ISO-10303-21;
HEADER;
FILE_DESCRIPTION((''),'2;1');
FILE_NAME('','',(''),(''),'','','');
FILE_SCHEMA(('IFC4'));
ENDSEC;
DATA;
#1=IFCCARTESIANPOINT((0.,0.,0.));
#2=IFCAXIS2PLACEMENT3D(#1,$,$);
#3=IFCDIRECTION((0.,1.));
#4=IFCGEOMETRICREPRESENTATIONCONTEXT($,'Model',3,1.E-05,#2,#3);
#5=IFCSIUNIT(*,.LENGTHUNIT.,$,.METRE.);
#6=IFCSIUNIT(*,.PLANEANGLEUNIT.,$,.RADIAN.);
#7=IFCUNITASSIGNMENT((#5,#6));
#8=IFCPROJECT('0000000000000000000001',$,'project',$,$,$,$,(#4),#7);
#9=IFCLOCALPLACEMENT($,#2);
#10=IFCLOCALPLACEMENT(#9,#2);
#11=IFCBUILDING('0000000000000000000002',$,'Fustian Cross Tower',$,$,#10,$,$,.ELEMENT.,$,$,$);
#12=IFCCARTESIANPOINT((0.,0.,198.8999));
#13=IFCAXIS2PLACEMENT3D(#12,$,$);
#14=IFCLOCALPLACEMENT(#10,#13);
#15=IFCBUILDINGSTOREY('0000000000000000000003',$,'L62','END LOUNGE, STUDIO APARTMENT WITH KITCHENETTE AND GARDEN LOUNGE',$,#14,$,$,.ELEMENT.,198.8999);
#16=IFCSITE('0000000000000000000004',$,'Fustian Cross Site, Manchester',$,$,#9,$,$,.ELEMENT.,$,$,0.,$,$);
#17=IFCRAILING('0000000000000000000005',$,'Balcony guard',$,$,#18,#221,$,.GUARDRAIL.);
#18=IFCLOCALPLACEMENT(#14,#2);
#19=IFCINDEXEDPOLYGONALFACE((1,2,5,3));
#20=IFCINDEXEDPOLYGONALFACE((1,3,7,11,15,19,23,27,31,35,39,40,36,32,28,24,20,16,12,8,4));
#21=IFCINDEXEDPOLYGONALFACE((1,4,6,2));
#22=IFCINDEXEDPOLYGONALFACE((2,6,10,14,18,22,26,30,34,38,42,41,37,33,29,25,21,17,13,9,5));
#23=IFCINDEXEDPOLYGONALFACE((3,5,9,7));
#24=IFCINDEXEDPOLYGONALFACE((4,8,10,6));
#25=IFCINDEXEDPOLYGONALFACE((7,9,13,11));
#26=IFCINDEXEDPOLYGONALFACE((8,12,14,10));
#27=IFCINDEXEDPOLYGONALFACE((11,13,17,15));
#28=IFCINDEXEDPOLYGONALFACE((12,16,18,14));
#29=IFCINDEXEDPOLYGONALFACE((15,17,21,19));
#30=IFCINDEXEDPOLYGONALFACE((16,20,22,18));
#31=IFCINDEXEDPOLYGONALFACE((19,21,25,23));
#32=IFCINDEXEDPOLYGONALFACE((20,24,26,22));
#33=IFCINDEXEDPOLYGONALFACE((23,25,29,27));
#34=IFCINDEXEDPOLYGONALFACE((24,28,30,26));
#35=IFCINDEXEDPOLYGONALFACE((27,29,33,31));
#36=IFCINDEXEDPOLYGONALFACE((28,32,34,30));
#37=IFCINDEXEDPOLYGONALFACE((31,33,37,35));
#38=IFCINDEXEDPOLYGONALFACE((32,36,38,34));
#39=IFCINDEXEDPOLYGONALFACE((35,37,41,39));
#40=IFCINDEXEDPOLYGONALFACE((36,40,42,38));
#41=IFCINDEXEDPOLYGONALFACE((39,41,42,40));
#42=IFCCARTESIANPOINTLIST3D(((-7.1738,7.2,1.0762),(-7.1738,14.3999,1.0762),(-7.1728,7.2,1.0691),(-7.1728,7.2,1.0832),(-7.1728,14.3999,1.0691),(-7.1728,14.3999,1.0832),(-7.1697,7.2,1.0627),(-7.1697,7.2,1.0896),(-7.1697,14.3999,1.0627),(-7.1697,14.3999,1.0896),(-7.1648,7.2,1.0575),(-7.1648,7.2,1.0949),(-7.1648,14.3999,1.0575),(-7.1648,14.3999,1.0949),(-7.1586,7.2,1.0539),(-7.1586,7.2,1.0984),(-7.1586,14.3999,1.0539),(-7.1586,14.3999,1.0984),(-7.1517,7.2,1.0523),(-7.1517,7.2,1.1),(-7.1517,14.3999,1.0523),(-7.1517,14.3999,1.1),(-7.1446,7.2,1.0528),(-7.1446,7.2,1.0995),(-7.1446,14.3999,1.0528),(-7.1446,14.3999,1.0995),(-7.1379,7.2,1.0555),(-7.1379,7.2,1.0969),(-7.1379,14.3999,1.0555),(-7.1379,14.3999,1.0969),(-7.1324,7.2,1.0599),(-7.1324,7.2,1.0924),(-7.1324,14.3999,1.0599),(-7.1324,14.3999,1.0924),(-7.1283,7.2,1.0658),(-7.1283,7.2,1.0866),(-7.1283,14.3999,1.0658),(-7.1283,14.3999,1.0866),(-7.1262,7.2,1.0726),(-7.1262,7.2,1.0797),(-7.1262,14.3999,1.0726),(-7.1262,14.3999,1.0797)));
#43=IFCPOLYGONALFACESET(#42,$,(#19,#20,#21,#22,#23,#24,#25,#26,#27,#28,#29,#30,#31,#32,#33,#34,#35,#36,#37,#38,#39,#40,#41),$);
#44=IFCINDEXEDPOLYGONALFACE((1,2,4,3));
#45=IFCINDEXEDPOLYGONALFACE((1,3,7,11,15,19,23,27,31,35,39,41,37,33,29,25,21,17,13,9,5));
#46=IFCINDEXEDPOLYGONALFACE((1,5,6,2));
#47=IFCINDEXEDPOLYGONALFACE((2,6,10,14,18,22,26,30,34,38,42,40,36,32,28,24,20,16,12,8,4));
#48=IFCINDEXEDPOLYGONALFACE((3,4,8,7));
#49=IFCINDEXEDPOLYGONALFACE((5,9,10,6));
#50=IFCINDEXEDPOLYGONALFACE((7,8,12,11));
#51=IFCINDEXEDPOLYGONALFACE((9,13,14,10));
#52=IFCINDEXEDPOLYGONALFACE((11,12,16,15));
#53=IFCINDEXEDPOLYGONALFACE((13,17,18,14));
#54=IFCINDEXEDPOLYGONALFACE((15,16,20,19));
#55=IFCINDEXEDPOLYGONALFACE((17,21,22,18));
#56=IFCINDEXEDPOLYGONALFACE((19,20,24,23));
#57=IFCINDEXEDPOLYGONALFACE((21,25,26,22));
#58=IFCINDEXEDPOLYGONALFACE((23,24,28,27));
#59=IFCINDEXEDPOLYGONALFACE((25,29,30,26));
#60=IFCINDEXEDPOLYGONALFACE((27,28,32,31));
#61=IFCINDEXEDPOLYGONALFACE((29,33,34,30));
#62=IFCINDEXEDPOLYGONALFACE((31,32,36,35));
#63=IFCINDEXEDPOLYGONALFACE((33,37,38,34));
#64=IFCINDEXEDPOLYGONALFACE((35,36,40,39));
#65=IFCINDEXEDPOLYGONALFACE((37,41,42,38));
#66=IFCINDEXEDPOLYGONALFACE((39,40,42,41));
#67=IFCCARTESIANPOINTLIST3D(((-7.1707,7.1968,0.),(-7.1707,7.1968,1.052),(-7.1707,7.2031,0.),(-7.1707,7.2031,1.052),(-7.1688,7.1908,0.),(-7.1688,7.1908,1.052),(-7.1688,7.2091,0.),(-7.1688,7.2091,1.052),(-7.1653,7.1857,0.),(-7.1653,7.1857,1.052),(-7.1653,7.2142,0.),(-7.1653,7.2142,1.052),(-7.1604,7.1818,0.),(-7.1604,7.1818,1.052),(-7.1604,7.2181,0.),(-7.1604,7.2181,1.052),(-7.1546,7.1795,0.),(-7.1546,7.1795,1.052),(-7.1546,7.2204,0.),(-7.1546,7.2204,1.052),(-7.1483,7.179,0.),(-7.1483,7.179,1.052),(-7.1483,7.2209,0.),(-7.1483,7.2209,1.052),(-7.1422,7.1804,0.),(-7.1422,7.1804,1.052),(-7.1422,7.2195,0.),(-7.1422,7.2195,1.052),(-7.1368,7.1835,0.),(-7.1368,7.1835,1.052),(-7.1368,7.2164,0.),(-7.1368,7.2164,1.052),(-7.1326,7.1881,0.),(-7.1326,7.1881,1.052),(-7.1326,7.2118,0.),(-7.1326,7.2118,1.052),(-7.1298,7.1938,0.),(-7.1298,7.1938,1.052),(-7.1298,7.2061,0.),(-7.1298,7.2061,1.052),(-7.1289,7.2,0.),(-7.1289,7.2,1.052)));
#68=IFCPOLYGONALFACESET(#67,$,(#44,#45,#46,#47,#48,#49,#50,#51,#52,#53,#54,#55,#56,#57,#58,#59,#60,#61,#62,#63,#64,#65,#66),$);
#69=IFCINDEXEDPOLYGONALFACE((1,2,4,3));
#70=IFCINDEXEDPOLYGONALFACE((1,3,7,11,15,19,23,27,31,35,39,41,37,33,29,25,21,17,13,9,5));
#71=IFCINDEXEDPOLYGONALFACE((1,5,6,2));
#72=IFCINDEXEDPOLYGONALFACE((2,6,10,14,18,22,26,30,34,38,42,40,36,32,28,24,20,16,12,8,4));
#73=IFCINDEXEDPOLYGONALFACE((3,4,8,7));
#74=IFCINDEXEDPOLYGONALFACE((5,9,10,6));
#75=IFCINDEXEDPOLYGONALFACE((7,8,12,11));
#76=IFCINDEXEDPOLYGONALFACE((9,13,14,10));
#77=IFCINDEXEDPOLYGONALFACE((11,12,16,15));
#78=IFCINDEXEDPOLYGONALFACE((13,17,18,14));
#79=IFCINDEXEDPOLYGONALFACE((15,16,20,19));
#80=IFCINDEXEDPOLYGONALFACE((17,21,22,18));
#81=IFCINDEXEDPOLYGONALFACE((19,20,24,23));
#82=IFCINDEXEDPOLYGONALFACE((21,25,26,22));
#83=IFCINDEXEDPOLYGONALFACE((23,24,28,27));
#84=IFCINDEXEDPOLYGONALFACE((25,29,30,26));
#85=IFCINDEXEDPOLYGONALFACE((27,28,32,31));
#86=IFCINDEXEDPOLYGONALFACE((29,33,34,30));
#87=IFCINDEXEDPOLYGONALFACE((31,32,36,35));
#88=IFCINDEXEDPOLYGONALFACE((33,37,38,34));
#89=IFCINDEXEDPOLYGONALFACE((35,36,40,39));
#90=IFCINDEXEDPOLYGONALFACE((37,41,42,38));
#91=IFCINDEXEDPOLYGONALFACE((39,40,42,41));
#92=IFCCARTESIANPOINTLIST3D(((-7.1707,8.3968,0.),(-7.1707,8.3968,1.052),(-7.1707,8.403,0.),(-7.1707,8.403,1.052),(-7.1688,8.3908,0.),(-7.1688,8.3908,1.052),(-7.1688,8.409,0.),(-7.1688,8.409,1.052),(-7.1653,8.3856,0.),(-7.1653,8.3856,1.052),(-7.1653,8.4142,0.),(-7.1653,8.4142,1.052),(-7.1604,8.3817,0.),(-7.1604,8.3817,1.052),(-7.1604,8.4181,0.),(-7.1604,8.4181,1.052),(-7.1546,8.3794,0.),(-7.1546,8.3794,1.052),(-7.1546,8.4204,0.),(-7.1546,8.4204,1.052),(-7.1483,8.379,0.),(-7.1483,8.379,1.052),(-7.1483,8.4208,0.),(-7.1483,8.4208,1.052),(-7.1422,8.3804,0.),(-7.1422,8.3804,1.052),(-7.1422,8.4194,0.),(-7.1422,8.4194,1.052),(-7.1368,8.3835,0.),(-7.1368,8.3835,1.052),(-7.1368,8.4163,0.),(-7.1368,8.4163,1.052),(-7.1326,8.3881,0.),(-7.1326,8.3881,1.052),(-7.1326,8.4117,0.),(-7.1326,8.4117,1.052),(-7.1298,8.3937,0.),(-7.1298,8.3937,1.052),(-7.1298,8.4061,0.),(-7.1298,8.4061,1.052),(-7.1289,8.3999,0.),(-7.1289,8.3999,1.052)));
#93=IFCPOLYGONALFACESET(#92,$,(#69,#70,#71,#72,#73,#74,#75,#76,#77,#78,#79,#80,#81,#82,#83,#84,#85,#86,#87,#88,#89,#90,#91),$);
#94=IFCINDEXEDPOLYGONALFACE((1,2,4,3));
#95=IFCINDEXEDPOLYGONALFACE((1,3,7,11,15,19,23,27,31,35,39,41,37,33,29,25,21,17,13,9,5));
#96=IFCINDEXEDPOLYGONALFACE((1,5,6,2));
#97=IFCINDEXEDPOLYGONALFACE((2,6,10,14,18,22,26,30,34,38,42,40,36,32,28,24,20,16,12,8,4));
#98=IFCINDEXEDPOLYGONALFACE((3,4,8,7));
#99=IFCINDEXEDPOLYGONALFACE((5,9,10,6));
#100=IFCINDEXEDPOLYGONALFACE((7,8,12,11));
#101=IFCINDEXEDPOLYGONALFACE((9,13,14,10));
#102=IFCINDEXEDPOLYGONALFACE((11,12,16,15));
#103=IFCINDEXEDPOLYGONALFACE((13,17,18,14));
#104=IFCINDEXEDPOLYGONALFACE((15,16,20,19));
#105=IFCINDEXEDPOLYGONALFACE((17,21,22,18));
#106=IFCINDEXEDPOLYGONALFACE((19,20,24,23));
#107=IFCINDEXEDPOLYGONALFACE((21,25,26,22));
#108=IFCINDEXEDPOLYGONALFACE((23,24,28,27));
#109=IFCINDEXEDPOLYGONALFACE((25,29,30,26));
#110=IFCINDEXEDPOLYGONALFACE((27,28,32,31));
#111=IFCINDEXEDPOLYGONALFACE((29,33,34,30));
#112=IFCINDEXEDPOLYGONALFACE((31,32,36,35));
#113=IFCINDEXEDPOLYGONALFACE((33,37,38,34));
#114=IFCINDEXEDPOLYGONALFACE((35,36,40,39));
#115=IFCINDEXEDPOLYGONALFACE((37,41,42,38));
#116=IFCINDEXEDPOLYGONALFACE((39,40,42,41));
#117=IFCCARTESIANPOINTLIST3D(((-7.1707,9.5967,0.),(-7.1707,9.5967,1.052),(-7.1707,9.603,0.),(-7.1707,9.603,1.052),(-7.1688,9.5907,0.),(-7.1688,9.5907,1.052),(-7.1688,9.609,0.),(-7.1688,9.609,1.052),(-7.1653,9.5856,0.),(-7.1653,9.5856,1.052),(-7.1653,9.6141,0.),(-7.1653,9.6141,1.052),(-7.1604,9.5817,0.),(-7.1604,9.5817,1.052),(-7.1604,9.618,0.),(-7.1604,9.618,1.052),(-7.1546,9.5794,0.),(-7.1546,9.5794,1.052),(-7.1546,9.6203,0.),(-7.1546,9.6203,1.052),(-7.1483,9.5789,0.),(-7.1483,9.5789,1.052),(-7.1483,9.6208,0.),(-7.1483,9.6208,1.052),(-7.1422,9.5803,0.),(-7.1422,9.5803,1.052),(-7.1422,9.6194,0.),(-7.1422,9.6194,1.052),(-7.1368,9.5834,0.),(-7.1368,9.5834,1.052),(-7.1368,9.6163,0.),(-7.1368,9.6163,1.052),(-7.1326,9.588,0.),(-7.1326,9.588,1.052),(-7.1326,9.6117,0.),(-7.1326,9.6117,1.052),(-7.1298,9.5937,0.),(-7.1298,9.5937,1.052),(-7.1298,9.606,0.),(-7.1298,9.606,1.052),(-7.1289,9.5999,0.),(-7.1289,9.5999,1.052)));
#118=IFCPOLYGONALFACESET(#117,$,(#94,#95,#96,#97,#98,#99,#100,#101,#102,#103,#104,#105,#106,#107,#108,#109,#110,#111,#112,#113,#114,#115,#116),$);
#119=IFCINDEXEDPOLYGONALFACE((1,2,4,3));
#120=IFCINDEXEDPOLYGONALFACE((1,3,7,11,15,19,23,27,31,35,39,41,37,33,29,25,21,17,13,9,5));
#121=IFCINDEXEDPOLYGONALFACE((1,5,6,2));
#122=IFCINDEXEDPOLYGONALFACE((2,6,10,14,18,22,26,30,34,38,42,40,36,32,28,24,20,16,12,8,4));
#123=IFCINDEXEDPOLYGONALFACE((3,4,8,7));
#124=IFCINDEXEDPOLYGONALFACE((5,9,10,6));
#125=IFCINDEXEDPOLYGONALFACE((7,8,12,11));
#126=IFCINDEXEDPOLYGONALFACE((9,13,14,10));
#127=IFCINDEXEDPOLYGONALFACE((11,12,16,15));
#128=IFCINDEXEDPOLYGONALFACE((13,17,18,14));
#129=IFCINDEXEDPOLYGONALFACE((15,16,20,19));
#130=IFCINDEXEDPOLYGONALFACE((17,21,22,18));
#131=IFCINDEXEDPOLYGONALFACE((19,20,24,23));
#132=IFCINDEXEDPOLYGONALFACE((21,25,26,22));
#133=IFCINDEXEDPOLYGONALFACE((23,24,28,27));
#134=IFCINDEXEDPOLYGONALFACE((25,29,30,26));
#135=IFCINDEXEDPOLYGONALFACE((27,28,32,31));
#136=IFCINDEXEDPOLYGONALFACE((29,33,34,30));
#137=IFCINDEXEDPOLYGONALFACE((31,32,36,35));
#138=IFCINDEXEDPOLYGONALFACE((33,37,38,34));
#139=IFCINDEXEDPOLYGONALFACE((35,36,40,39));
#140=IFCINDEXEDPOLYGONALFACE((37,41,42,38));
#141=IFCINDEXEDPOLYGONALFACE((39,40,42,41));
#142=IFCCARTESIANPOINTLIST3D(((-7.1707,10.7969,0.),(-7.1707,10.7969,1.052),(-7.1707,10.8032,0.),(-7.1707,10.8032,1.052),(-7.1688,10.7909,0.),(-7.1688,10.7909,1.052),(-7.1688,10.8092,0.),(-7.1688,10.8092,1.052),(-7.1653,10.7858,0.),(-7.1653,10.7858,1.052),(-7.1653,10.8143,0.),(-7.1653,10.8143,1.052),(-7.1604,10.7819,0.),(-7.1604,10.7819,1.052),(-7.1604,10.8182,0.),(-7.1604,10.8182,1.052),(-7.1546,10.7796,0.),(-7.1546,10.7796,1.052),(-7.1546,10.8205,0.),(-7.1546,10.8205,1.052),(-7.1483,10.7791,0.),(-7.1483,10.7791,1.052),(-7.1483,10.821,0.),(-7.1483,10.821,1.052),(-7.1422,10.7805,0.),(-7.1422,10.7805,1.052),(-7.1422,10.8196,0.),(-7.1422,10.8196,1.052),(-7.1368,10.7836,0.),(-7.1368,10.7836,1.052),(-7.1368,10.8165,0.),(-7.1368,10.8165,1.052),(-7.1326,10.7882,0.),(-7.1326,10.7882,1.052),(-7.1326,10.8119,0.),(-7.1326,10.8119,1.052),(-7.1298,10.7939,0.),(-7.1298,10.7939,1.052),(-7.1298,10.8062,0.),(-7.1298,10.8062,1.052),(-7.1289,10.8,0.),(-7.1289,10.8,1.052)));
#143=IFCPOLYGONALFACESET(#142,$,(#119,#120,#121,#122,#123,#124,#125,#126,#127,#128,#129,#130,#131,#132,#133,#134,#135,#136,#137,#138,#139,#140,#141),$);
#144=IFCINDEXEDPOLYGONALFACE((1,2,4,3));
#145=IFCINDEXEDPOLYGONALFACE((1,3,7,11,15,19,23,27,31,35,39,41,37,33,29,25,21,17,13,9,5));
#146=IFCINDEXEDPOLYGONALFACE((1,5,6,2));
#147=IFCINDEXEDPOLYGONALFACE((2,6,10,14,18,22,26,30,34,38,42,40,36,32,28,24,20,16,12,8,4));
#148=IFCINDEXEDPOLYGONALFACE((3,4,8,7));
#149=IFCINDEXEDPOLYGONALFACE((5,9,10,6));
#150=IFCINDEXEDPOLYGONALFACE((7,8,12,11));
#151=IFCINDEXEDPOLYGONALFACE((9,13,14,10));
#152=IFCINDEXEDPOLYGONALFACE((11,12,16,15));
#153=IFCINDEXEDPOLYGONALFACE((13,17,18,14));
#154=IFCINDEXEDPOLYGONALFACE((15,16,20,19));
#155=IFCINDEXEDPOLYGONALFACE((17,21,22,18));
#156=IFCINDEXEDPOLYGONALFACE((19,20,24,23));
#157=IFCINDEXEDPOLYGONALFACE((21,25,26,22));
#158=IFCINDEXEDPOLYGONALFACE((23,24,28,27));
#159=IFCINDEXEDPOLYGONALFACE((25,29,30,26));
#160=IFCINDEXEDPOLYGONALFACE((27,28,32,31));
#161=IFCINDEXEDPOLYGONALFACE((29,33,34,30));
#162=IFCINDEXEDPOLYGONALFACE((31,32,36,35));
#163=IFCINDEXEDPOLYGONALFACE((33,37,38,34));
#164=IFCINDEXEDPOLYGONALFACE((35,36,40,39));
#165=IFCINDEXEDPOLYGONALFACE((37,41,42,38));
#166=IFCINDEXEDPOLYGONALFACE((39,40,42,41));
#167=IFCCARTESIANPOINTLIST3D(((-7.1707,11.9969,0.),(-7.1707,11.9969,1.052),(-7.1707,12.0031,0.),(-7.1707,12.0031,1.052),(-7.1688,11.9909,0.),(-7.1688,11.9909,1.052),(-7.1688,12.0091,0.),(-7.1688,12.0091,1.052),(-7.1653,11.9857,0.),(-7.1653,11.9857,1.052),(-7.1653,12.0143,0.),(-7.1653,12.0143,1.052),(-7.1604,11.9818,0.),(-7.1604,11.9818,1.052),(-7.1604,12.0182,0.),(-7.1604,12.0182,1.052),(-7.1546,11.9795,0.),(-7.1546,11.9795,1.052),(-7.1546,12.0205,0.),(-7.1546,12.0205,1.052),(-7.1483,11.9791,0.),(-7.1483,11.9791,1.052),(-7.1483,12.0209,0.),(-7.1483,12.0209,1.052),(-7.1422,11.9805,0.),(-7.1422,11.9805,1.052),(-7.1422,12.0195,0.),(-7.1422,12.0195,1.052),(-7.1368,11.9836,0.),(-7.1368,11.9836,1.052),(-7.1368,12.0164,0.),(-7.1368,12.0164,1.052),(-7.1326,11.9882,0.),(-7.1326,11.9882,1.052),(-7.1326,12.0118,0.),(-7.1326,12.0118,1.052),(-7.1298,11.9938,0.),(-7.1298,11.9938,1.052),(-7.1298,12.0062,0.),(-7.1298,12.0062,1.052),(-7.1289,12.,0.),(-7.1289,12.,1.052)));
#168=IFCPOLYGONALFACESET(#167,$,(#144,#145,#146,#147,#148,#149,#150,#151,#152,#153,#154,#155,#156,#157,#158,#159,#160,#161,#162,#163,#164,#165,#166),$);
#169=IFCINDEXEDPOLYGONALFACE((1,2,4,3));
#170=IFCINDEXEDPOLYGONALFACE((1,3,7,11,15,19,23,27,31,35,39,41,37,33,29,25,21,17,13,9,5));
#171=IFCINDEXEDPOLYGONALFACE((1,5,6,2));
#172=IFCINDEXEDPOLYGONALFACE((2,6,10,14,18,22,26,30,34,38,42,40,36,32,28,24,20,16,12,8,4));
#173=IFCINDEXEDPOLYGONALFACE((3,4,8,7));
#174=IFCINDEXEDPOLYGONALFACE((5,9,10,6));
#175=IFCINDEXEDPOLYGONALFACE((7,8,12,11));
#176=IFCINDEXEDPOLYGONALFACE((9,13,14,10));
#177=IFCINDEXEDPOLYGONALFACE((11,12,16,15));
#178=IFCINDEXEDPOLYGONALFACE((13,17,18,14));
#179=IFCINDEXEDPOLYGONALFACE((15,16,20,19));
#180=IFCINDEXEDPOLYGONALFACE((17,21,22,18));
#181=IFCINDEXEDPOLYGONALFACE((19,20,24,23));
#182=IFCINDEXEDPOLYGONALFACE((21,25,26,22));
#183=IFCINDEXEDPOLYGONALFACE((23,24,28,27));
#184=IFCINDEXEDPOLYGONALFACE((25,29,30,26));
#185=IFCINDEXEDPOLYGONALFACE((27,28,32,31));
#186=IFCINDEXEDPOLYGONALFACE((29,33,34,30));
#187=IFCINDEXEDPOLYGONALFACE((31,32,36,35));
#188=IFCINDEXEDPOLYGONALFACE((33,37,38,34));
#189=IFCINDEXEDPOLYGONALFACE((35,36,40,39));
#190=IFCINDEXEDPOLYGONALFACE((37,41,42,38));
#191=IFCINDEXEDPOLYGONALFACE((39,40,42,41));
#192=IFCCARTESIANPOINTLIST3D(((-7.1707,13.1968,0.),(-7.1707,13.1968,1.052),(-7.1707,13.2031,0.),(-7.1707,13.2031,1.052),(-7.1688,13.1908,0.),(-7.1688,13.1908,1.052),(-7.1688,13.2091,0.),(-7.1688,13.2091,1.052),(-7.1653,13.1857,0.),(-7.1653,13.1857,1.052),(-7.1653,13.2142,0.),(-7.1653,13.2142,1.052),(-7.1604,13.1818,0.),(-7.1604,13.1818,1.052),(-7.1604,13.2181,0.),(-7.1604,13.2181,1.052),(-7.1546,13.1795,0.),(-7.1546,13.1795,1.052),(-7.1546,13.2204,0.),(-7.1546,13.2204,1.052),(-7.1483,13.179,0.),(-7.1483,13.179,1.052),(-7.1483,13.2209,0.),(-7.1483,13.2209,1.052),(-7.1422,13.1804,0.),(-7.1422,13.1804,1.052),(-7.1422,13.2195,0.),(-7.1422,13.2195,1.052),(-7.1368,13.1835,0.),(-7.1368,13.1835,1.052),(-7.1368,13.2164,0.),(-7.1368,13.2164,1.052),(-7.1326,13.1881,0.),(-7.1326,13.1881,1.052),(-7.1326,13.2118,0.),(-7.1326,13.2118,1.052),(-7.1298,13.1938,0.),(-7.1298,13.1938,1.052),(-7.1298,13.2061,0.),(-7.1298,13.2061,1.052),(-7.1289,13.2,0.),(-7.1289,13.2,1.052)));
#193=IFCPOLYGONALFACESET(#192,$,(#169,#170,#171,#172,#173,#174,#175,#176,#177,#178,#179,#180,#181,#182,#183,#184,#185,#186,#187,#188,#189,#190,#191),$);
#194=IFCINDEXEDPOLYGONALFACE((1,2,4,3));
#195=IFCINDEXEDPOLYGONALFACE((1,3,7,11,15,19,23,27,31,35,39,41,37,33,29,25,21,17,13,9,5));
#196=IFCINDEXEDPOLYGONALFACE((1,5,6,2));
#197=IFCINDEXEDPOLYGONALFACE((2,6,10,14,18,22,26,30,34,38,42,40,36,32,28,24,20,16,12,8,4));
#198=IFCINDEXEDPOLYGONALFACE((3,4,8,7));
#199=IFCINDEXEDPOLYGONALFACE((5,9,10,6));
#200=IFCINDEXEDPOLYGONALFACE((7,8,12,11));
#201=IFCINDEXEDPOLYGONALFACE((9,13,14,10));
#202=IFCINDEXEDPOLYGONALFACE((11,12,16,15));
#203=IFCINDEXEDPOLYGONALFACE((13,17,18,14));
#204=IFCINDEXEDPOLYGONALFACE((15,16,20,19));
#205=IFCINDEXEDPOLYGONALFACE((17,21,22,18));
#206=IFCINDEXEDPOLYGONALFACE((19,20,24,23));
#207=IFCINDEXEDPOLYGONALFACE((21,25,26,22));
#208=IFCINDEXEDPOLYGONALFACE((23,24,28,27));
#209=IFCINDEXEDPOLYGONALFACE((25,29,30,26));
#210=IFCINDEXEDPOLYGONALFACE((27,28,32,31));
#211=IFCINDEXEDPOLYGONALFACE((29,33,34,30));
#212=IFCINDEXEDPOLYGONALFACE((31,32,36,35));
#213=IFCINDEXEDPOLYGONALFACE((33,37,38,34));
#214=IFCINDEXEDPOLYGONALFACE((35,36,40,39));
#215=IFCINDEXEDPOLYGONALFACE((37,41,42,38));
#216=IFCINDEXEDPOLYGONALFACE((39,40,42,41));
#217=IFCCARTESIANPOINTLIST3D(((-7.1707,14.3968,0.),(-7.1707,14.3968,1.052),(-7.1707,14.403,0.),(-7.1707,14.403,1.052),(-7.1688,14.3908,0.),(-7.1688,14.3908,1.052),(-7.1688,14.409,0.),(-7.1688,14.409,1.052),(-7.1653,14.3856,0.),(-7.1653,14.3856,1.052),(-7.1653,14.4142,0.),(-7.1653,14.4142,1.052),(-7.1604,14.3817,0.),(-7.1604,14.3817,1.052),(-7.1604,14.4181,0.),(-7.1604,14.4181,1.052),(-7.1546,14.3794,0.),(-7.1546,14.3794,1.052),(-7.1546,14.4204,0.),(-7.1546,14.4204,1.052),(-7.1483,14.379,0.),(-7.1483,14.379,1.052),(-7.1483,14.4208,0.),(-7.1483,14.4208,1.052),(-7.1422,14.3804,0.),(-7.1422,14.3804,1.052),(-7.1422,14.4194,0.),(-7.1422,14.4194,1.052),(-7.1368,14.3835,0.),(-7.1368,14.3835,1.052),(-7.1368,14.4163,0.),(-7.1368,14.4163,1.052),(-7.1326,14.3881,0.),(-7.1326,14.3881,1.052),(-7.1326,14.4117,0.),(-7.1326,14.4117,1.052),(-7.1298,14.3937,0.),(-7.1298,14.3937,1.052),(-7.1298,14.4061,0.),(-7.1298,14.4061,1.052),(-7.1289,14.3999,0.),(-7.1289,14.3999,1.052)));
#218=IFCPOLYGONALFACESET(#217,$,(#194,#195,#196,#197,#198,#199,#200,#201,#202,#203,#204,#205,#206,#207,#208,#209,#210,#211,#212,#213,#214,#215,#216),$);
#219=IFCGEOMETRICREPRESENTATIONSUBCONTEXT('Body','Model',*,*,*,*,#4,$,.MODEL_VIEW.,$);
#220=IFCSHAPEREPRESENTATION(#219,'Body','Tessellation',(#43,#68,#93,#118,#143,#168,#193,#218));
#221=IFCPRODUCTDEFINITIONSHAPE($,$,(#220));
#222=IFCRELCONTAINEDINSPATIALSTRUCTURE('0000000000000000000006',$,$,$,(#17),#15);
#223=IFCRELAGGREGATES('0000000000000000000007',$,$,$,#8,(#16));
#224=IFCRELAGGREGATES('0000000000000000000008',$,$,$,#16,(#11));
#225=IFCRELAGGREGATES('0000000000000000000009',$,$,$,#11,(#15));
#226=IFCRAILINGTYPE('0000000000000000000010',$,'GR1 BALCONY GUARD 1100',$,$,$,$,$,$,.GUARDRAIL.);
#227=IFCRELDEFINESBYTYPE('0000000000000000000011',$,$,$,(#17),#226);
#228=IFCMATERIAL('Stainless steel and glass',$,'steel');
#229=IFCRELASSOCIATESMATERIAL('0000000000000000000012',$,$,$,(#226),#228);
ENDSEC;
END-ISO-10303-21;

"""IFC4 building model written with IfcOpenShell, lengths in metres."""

from ifc_helpers import new_model, si_unit, direction, frame, origin, origin_2d, place, context, subcontext, project, spatial, circle, extrude, material, type_object, element, save


model = new_model("IFC4")

# Units and contexts
model_context = context("Model", 3, precision=1e-05, world=origin(), true_north=direction((0.0, 1.0)))
body_context = subcontext(model_context, "Body", "Model", "MODEL_VIEW")
ifc_project = project(units=[si_unit("LENGTHUNIT", "METRE"), si_unit("PLANEANGLEUNIT", "RADIAN")], contexts=[model_context])

# Site, building, storey
site_placement = place(None, origin())
site = spatial("IfcSite", under=ifc_project, at=site_placement, Name="Fustian Cross Site, Manchester", CompositionType="ELEMENT", RefElevation=0.0)
building_placement = place(site_placement, origin())
building = spatial("IfcBuilding", under=site, at=building_placement, Name="Fustian Cross Tower", CompositionType="ELEMENT")
storey_placement = place(building_placement, frame((0.0, 0.0, 198.8999)))
storey = spatial("IfcBuildingStorey", under=building, at=storey_placement, Name="L62", Description="END LOUNGE, STUDIO APARTMENT WITH KITCHENETTE AND GARDEN LOUNGE", CompositionType="ELEMENT", Elevation=198.8999)

# Railing
ifc_material_1 = material(Name="Stainless steel and glass", Category="steel")
railing_type = type_object("IfcRailingType", Name="GR1 BALCONY GUARD 1100", PredefinedType="GUARDRAIL", material=ifc_material_1)
railing_placement = place(storey_placement, frame((-7.1499, 7.2, 0.0)))
element("IfcRailing", 1, at=railing_placement, inside=storey, type_object=railing_type, Name="Balcony guard", PredefinedType="GUARDRAIL", context=body_context, shape_type="SweptSolid", body=[
    extrude(circle(Radius=0.0239, at=origin_2d()), frame((0.0, 0.0, 1.0762), z_axis=(0.0, 1.0, 0.0), x_axis=(-1.0, 0.0, 0.0)), (0.0, 0.0, 1.0), 7.2),
    extrude(circle(Radius=0.021, at=origin_2d()), origin(), (0.0, 0.0, 1.0), 1.052),
    extrude(circle(Radius=0.021, at=origin_2d()), frame((0.0, 1.2, 0.0)), (0.0, 0.0, 1.0), 1.052),
    extrude(circle(Radius=0.021, at=origin_2d()), frame((0.0, 2.3999, 0.0)), (0.0, 0.0, 1.0), 1.052),
    extrude(circle(Radius=0.021, at=origin_2d()), frame((0.0, 3.6001, 0.0)), (0.0, 0.0, 1.0), 1.052),
    extrude(circle(Radius=0.021, at=origin_2d()), frame((0.0, 4.8, 0.0)), (0.0, 0.0, 1.0), 1.052),
    extrude(circle(Radius=0.021, at=origin_2d()), frame((0.0, 6.0, 0.0)), (0.0, 0.0, 1.0), 1.052),
    extrude(circle(Radius=0.021, at=origin_2d()), frame((0.0, 7.2, 0.0)), (0.0, 0.0, 1.0), 1.052),
])

save(model, "model.ifc")
